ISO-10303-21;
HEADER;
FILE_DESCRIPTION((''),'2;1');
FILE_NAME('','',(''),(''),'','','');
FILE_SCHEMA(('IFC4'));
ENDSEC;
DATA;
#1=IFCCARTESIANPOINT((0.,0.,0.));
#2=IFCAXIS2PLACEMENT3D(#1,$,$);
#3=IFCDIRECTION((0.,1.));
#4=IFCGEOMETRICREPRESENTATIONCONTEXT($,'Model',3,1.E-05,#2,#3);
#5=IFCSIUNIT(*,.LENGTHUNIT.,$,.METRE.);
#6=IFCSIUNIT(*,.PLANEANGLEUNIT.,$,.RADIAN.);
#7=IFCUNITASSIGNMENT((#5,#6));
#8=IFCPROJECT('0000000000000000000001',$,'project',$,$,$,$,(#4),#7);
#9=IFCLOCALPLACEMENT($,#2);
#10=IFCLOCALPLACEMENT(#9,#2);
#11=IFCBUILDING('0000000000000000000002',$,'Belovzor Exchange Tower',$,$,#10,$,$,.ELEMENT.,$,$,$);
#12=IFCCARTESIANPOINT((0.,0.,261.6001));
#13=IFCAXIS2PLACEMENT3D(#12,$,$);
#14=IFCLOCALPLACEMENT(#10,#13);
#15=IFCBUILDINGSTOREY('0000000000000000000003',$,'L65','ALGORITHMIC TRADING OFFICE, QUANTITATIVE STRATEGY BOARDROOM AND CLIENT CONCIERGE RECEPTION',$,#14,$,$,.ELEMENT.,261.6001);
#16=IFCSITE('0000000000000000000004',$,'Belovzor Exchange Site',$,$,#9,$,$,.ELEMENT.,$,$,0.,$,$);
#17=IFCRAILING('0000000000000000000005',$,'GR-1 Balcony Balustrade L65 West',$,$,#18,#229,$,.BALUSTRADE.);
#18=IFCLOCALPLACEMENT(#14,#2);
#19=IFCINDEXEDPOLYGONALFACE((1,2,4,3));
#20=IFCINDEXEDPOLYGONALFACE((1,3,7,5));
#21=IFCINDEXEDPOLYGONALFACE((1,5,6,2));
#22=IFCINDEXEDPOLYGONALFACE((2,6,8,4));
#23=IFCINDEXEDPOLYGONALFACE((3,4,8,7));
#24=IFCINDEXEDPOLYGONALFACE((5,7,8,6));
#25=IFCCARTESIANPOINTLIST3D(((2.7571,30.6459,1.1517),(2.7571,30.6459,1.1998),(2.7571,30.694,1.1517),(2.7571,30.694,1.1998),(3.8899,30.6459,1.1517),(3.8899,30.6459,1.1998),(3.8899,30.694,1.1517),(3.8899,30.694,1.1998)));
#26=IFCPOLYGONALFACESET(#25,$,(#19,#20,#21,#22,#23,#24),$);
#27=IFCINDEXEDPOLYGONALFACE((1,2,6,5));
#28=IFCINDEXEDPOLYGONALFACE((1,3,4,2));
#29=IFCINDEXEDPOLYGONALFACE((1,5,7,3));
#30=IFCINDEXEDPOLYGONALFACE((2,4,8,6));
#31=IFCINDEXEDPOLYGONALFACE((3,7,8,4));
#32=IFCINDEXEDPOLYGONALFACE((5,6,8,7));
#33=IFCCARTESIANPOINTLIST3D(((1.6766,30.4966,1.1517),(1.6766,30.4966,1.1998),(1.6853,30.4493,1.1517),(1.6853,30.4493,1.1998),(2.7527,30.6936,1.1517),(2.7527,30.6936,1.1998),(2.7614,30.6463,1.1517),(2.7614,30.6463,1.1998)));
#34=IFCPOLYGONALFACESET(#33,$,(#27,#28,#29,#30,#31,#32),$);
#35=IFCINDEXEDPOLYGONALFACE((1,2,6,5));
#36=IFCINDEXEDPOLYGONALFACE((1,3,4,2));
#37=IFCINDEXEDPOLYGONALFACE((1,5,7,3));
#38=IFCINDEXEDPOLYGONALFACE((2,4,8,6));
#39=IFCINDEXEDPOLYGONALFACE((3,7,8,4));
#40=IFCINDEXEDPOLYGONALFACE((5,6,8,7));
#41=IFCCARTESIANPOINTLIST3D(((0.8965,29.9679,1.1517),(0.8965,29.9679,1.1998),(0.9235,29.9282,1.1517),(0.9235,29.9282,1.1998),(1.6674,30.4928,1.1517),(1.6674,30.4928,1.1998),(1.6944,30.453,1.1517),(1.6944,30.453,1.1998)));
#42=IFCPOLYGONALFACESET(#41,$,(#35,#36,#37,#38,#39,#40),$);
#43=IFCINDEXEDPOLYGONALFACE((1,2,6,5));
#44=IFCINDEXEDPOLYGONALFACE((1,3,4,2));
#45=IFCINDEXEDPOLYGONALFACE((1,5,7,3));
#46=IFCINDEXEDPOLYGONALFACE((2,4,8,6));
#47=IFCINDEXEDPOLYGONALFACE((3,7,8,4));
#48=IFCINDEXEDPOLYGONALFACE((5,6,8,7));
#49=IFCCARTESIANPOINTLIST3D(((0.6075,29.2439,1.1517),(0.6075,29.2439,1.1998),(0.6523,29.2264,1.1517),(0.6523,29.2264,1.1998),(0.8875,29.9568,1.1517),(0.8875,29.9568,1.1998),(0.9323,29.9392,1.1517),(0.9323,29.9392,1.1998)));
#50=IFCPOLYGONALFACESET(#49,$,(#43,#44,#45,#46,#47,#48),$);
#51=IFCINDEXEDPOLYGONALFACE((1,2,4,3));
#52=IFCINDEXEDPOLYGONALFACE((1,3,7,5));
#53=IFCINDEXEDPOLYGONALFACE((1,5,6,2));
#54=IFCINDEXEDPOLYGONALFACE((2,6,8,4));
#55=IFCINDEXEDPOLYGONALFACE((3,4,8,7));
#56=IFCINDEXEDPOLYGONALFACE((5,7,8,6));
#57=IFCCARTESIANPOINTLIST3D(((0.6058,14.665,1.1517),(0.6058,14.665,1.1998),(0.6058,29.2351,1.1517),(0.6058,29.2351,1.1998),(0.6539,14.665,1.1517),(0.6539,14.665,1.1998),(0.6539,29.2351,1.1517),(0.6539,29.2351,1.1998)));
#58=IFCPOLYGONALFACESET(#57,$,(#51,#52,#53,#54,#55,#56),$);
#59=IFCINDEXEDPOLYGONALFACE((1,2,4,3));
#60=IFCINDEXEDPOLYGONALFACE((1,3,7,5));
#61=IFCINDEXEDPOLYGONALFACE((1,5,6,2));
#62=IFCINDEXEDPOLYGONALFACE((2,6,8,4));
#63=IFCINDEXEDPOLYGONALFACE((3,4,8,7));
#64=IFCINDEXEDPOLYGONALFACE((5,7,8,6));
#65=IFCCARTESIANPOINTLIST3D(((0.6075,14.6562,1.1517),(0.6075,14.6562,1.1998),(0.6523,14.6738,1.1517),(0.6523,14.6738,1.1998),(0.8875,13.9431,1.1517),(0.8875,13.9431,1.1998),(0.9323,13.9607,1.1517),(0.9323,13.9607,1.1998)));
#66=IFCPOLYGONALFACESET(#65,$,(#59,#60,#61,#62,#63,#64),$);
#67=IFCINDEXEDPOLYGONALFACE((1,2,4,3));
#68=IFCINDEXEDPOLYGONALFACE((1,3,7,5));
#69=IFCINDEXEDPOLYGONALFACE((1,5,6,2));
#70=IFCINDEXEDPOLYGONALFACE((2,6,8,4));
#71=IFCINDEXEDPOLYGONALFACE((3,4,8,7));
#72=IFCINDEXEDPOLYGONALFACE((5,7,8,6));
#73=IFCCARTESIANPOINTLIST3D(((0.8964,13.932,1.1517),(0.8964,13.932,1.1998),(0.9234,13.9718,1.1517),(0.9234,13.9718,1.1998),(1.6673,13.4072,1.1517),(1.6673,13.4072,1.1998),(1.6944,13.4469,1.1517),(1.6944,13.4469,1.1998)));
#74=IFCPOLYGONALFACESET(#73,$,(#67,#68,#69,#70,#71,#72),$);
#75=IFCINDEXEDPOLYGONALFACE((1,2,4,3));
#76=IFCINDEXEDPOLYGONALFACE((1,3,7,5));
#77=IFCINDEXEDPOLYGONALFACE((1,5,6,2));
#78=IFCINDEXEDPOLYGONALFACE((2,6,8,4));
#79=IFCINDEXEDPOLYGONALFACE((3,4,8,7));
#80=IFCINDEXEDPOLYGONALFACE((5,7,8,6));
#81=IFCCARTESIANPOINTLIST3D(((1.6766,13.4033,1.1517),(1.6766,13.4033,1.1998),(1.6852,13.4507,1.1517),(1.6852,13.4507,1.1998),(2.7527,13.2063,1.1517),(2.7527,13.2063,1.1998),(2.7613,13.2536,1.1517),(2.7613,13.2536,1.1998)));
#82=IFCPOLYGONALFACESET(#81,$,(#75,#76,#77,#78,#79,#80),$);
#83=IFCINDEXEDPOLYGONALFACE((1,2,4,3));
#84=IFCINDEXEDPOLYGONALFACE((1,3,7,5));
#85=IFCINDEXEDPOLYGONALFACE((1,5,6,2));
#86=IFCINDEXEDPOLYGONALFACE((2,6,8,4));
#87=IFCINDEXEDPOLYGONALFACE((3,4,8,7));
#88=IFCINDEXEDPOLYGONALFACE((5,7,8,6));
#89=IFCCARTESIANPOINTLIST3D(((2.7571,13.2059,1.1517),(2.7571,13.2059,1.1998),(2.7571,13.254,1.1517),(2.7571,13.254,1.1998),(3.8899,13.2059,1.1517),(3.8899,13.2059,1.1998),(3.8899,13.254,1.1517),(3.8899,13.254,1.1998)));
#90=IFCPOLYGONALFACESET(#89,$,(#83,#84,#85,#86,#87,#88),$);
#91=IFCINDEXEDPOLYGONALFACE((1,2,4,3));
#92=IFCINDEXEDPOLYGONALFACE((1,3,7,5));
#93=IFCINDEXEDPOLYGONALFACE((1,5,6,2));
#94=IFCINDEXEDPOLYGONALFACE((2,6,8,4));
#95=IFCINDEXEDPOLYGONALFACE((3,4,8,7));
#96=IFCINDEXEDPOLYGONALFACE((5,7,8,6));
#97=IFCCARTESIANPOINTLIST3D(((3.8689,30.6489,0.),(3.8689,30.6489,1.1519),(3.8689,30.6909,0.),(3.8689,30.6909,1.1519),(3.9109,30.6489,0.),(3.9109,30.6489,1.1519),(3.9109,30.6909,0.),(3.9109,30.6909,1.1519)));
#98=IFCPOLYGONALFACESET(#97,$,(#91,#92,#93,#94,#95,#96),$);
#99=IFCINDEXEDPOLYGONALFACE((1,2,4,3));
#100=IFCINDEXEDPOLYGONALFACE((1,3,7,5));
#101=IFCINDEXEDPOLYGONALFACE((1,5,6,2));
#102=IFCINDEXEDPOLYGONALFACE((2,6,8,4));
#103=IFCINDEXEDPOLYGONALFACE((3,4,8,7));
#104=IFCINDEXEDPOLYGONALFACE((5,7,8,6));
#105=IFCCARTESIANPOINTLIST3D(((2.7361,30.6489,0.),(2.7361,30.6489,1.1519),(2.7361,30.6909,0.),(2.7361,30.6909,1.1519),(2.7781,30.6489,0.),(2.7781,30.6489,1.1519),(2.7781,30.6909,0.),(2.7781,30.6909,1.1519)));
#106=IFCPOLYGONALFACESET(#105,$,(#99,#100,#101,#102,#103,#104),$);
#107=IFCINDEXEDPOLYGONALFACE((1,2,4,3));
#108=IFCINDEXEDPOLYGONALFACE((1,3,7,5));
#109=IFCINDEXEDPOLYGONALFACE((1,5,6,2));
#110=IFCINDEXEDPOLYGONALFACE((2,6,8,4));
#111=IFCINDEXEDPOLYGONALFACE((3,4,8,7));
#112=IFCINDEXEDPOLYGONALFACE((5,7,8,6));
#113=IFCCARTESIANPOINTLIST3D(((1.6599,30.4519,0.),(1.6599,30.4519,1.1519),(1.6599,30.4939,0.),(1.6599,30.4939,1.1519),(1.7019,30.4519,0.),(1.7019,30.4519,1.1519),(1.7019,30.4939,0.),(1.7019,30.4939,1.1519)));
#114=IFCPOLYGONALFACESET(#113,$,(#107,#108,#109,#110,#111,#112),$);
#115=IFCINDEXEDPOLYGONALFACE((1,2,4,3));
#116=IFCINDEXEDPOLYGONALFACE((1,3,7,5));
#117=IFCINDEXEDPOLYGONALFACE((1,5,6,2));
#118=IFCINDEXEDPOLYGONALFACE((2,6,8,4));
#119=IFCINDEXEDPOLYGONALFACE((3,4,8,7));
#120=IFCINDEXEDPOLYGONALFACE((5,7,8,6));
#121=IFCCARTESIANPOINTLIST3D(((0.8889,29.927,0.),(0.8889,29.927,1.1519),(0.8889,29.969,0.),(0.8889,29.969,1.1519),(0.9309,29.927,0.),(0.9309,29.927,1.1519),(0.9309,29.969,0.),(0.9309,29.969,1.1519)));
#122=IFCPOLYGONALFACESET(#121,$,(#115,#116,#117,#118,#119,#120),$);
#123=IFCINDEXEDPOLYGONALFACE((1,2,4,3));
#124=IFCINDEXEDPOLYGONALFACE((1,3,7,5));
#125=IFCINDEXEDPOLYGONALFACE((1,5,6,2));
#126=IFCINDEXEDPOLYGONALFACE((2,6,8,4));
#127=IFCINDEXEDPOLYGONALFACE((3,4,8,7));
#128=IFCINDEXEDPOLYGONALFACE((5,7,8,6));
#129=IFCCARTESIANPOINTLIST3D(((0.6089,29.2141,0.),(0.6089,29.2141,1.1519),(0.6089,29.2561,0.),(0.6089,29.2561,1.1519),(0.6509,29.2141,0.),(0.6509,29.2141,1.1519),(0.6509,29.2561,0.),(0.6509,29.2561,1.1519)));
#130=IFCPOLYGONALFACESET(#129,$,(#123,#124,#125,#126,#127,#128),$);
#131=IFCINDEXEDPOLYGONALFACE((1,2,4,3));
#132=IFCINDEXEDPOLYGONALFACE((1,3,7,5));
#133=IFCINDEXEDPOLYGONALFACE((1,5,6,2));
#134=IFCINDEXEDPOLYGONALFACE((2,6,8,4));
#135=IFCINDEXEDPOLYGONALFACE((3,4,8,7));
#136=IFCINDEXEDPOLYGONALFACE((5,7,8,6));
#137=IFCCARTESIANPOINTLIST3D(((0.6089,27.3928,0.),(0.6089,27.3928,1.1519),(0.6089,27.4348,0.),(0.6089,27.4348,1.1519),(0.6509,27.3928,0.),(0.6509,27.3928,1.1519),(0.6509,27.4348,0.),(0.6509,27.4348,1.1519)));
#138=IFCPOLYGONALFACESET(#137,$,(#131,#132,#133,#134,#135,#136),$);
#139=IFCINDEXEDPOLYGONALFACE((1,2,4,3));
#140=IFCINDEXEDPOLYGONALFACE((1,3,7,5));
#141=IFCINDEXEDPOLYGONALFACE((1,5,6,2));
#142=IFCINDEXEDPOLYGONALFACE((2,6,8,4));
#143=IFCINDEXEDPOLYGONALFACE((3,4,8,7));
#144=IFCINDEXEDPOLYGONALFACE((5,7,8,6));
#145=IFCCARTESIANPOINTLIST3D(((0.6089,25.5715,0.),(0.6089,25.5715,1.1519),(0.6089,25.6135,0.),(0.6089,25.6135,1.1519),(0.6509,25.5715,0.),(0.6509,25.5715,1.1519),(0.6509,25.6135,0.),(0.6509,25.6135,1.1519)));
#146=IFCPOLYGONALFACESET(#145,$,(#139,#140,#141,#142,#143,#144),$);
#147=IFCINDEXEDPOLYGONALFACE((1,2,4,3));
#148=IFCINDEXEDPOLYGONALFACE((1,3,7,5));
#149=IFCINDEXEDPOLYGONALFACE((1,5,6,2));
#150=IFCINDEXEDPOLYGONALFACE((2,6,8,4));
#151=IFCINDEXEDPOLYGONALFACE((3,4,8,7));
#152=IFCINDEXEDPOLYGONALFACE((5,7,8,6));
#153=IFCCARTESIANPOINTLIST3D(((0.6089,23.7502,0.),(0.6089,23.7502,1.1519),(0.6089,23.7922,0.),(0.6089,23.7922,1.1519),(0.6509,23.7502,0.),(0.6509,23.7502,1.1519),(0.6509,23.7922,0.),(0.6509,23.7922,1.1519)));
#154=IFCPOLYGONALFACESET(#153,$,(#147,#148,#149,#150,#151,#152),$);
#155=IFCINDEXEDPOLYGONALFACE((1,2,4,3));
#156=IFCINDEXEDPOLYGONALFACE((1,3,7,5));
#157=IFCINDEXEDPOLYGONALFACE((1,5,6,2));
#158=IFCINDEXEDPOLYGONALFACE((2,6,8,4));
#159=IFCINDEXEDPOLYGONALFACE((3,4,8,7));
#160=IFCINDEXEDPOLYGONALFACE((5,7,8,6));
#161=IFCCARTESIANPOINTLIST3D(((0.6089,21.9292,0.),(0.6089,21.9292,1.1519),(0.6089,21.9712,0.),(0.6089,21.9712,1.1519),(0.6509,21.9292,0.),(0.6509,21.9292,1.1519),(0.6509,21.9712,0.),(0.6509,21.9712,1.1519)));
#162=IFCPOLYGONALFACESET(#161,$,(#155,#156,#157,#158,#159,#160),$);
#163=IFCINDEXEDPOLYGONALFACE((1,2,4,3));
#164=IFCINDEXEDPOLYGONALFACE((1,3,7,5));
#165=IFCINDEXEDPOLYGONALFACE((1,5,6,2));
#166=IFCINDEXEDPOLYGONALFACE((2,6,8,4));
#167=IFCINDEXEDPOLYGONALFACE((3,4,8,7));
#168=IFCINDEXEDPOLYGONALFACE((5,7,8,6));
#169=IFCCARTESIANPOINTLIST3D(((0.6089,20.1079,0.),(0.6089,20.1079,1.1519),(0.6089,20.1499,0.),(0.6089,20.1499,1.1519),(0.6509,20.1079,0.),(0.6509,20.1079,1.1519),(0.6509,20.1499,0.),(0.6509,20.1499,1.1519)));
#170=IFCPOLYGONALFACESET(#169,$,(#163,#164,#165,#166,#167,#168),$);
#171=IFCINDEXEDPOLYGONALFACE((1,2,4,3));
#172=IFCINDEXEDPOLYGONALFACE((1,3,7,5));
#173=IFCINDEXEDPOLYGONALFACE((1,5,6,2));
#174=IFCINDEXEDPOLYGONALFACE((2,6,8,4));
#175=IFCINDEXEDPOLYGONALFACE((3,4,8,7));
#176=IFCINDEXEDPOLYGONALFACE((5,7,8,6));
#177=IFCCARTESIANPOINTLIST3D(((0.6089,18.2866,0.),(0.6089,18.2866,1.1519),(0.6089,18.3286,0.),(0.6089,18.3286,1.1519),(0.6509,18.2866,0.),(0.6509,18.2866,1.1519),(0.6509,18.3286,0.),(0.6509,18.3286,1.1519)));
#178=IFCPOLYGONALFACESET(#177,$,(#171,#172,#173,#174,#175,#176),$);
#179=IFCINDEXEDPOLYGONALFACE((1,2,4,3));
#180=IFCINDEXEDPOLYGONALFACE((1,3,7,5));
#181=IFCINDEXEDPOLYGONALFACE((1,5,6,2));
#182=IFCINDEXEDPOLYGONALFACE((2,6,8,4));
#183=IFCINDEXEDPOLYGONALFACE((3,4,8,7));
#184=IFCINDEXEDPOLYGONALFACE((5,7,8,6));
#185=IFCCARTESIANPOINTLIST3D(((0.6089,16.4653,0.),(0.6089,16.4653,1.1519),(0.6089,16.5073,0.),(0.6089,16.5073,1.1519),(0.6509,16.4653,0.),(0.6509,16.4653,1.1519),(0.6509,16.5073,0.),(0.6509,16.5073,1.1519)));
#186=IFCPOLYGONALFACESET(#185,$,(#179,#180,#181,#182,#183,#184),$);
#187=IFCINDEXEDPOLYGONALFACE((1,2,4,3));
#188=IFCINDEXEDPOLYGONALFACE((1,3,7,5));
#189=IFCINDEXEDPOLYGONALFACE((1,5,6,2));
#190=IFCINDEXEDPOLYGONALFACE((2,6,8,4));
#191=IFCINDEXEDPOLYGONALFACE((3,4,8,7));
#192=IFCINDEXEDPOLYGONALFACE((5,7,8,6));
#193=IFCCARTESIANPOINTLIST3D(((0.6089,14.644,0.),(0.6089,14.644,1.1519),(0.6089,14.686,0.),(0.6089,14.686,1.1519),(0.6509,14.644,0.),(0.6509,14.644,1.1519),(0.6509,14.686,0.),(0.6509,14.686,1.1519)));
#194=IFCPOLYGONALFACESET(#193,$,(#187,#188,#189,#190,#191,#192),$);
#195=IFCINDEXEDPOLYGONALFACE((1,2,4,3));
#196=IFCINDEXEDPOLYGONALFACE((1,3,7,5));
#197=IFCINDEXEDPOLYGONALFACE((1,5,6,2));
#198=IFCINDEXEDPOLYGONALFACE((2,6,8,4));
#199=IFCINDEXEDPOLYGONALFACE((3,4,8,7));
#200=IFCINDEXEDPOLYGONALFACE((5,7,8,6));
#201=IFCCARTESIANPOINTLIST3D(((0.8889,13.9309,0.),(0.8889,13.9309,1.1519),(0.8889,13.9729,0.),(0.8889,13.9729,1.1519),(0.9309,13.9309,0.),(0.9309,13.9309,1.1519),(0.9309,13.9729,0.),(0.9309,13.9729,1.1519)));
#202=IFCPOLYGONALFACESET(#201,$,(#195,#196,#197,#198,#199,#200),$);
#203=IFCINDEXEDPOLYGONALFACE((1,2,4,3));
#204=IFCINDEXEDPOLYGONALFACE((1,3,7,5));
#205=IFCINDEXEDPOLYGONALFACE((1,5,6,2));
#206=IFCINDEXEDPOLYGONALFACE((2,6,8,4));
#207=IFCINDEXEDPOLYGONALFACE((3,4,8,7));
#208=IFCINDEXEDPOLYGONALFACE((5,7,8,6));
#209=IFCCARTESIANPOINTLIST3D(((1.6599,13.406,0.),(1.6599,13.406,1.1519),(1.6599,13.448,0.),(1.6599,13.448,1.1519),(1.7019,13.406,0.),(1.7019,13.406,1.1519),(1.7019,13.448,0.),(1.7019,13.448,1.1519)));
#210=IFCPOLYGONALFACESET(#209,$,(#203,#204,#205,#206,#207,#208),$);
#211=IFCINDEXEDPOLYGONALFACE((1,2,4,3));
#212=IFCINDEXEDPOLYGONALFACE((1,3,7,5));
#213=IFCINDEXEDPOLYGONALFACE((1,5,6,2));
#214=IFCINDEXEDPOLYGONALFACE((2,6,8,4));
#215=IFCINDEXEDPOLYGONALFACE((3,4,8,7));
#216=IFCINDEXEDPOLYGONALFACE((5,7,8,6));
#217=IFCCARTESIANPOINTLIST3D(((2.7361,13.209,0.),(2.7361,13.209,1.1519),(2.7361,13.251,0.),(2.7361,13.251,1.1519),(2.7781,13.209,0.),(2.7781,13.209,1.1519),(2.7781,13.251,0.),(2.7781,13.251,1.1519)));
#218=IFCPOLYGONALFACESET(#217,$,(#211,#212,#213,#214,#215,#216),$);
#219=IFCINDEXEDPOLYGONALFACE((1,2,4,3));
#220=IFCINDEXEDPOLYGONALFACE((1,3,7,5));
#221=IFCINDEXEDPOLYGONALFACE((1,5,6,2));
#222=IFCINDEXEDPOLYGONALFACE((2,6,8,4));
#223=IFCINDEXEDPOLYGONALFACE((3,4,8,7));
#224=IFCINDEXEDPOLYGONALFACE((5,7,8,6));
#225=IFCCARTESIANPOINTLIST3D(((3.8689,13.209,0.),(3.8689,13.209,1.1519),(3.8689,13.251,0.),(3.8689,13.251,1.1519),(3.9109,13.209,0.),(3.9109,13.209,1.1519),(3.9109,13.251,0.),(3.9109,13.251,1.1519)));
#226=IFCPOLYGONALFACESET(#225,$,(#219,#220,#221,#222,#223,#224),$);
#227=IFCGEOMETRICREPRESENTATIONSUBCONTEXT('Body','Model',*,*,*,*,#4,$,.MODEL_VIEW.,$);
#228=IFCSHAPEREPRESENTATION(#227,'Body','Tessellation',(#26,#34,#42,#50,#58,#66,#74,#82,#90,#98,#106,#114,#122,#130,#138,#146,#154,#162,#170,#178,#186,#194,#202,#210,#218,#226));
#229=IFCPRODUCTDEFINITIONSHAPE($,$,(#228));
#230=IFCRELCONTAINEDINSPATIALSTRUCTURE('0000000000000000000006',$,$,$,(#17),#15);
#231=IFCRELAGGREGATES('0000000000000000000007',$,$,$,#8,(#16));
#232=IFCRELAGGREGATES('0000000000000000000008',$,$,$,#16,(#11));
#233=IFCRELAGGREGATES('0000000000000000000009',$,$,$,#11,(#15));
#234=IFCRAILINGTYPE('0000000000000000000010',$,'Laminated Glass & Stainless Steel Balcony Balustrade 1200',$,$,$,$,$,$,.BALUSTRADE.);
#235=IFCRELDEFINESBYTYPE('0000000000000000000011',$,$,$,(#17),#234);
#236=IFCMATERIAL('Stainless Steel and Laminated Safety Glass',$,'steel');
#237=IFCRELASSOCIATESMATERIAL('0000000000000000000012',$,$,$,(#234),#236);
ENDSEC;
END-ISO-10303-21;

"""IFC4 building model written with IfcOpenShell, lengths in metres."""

from ifc_helpers import new_model, si_unit, direction, frame, origin, origin_2d, place, context, subcontext, project, spatial, rectangle, extrude, material, type_object, element, save


model = new_model("IFC4")

# Units and contexts
model_context = context("Model", 3, precision=1e-05, world=origin(), true_north=direction((0.0, 1.0)))
body_context = subcontext(model_context, "Body", "Model", "MODEL_VIEW")
ifc_project = project(units=[si_unit("LENGTHUNIT", "METRE"), si_unit("PLANEANGLEUNIT", "RADIAN")], contexts=[model_context])

# Site, building, storey
site_placement = place(None, origin())
site = spatial("IfcSite", under=ifc_project, at=site_placement, Name="Belovzor Exchange Site", CompositionType="ELEMENT", RefElevation=0.0)
building_placement = place(site_placement, origin())
building = spatial("IfcBuilding", under=site, at=building_placement, Name="Belovzor Exchange Tower", CompositionType="ELEMENT")
storey_placement = place(building_placement, frame((0.0, 0.0, 261.6001)))
storey = spatial("IfcBuildingStorey", under=building, at=storey_placement, Name="L65", Description="ALGORITHMIC TRADING OFFICE, QUANTITATIVE STRATEGY BOARDROOM AND CLIENT CONCIERGE RECEPTION", CompositionType="ELEMENT", Elevation=261.6001)

# Railing
ifc_material_1 = material(Name="Stainless Steel and Laminated Safety Glass", Category="steel")
railing_type = type_object("IfcRailingType", Name="Laminated Glass & Stainless Steel Balcony Balustrade 1200", PredefinedType="BALUSTRADE", material=ifc_material_1)
railing_placement = place(storey_placement, frame((3.8899, 30.6699, 0.0)))
element("IfcRailing", 1, at=railing_placement, inside=storey, type_object=railing_type, Name="GR-1 Balcony Balustrade L65 West", PredefinedType="BALUSTRADE", context=body_context, shape_type="SweptSolid", body=[
    extrude(rectangle(XDim=0.0481, YDim=0.0481, at=origin_2d()), frame((0.0, 0.0, 1.1758), z_axis=(-1.0, 0.0, 0.0), x_axis=(0.0, -1.0, 0.0)), (0.0, 0.0, 1.0), 1.1328),
    extrude(rectangle(XDim=0.0481, YDim=0.0481, at=origin_2d()), frame((-1.1328, 0.0, 1.1758), z_axis=(-0.983651, -0.180083, 0.0), x_axis=(0.180083, -0.983651, 0.0)), (0.0, 0.0, 1.0), 1.094),
    extrude(rectangle(XDim=0.0481, YDim=0.0481, at=origin_2d()), frame((-2.209, -0.197, 1.1758), z_axis=(-0.826615, -0.562768, 0.0), x_axis=(0.562768, -0.826615, 0.0)), (0.0, 0.0, 1.0), 0.9326),
    extrude(rectangle(XDim=0.0481, YDim=0.0481, at=origin_2d()), frame((-2.98, -0.7219, 1.1758), z_axis=(-0.365613, -0.930767, 0.0), x_axis=(0.930767, -0.365613, 0.0)), (0.0, 0.0, 1.0), 0.7659),
    extrude(rectangle(XDim=0.0481, YDim=0.0481, at=origin_2d()), frame((-3.26, -1.4348, 1.1758), z_axis=(0.0, -1.0, 0.0), x_axis=(1.0, 0.0, 0.0)), (0.0, 0.0, 1.0), 14.5701),
    extrude(rectangle(XDim=0.0481, YDim=0.0481, at=origin_2d()), frame((-3.26, -16.0049, 1.1758), z_axis=(0.365504, -0.93081, 0.0), x_axis=(0.93081, 0.365504, 0.0)), (0.0, 0.0, 1.0), 0.7661),
    extrude(rectangle(XDim=0.0481, YDim=0.0481, at=origin_2d()), frame((-2.98, -16.718, 1.1758), z_axis=(0.826615, -0.562768, 0.0), x_axis=(0.562768, 0.826615, 0.0)), (0.0, 0.0, 1.0), 0.9326),
    extrude(rectangle(XDim=0.0481, YDim=0.0481, at=origin_2d()), frame((-2.209, -17.2429, 1.1758), z_axis=(0.983651, -0.180083, 0.0), x_axis=(0.180083, 0.983651, 0.0)), (0.0, 0.0, 1.0), 1.094),
    extrude(rectangle(XDim=0.0481, YDim=0.0481, at=origin_2d()), frame((-1.1328, -17.4399, 1.1758), z_axis=(1.0, 0.0, 0.0), x_axis=(0.0, 1.0, 0.0)), (0.0, 0.0, 1.0), 1.1328),
    extrude(rectangle(XDim=0.042, YDim=0.042, at=origin_2d()), origin(), (0.0, 0.0, 1.0), 1.1519),
    extrude(rectangle(XDim=0.042, YDim=0.042, at=origin_2d()), frame((-1.1328, 0.0, 0.0)), (0.0, 0.0, 1.0), 1.1519),
    extrude(rectangle(XDim=0.042, YDim=0.042, at=origin_2d()), frame((-2.209, -0.197, 0.0)), (0.0, 0.0, 1.0), 1.1519),
    extrude(rectangle(XDim=0.042, YDim=0.042, at=origin_2d()), frame((-2.98, -0.7219, 0.0)), (0.0, 0.0, 1.0), 1.1519),
    extrude(rectangle(XDim=0.042, YDim=0.042, at=origin_2d()), frame((-3.26, -1.4348, 0.0)), (0.0, 0.0, 1.0), 1.1519),
    extrude(rectangle(XDim=0.042, YDim=0.042, at=origin_2d()), frame((-3.26, -3.2561, 0.0)), (0.0, 0.0, 1.0), 1.1519),
    extrude(rectangle(XDim=0.042, YDim=0.042, at=origin_2d()), frame((-3.26, -5.0774, 0.0)), (0.0, 0.0, 1.0), 1.1519),
    extrude(rectangle(XDim=0.042, YDim=0.042, at=origin_2d()), frame((-3.26, -6.8987, 0.0)), (0.0, 0.0, 1.0), 1.1519),
    extrude(rectangle(XDim=0.042, YDim=0.042, at=origin_2d()), frame((-3.26, -8.7197, 0.0)), (0.0, 0.0, 1.0), 1.1519),
    extrude(rectangle(XDim=0.042, YDim=0.042, at=origin_2d()), frame((-3.26, -10.541, 0.0)), (0.0, 0.0, 1.0), 1.1519),
    extrude(rectangle(XDim=0.042, YDim=0.042, at=origin_2d()), frame((-3.26, -12.3623, 0.0)), (0.0, 0.0, 1.0), 1.1519),
    extrude(rectangle(XDim=0.042, YDim=0.042, at=origin_2d()), frame((-3.26, -14.1836, 0.0)), (0.0, 0.0, 1.0), 1.1519),
    extrude(rectangle(XDim=0.042, YDim=0.042, at=origin_2d()), frame((-3.26, -16.0049, 0.0)), (0.0, 0.0, 1.0), 1.1519),
    extrude(rectangle(XDim=0.042, YDim=0.042, at=origin_2d()), frame((-2.98, -16.718, 0.0)), (0.0, 0.0, 1.0), 1.1519),
    extrude(rectangle(XDim=0.042, YDim=0.042, at=origin_2d()), frame((-2.209, -17.2429, 0.0)), (0.0, 0.0, 1.0), 1.1519),
    extrude(rectangle(XDim=0.042, YDim=0.042, at=origin_2d()), frame((-1.1328, -17.4399, 0.0)), (0.0, 0.0, 1.0), 1.1519),
    extrude(rectangle(XDim=0.042, YDim=0.042, at=origin_2d()), frame((0.0, -17.4399, 0.0)), (0.0, 0.0, 1.0), 1.1519),
])

save(model, "model.ifc")
